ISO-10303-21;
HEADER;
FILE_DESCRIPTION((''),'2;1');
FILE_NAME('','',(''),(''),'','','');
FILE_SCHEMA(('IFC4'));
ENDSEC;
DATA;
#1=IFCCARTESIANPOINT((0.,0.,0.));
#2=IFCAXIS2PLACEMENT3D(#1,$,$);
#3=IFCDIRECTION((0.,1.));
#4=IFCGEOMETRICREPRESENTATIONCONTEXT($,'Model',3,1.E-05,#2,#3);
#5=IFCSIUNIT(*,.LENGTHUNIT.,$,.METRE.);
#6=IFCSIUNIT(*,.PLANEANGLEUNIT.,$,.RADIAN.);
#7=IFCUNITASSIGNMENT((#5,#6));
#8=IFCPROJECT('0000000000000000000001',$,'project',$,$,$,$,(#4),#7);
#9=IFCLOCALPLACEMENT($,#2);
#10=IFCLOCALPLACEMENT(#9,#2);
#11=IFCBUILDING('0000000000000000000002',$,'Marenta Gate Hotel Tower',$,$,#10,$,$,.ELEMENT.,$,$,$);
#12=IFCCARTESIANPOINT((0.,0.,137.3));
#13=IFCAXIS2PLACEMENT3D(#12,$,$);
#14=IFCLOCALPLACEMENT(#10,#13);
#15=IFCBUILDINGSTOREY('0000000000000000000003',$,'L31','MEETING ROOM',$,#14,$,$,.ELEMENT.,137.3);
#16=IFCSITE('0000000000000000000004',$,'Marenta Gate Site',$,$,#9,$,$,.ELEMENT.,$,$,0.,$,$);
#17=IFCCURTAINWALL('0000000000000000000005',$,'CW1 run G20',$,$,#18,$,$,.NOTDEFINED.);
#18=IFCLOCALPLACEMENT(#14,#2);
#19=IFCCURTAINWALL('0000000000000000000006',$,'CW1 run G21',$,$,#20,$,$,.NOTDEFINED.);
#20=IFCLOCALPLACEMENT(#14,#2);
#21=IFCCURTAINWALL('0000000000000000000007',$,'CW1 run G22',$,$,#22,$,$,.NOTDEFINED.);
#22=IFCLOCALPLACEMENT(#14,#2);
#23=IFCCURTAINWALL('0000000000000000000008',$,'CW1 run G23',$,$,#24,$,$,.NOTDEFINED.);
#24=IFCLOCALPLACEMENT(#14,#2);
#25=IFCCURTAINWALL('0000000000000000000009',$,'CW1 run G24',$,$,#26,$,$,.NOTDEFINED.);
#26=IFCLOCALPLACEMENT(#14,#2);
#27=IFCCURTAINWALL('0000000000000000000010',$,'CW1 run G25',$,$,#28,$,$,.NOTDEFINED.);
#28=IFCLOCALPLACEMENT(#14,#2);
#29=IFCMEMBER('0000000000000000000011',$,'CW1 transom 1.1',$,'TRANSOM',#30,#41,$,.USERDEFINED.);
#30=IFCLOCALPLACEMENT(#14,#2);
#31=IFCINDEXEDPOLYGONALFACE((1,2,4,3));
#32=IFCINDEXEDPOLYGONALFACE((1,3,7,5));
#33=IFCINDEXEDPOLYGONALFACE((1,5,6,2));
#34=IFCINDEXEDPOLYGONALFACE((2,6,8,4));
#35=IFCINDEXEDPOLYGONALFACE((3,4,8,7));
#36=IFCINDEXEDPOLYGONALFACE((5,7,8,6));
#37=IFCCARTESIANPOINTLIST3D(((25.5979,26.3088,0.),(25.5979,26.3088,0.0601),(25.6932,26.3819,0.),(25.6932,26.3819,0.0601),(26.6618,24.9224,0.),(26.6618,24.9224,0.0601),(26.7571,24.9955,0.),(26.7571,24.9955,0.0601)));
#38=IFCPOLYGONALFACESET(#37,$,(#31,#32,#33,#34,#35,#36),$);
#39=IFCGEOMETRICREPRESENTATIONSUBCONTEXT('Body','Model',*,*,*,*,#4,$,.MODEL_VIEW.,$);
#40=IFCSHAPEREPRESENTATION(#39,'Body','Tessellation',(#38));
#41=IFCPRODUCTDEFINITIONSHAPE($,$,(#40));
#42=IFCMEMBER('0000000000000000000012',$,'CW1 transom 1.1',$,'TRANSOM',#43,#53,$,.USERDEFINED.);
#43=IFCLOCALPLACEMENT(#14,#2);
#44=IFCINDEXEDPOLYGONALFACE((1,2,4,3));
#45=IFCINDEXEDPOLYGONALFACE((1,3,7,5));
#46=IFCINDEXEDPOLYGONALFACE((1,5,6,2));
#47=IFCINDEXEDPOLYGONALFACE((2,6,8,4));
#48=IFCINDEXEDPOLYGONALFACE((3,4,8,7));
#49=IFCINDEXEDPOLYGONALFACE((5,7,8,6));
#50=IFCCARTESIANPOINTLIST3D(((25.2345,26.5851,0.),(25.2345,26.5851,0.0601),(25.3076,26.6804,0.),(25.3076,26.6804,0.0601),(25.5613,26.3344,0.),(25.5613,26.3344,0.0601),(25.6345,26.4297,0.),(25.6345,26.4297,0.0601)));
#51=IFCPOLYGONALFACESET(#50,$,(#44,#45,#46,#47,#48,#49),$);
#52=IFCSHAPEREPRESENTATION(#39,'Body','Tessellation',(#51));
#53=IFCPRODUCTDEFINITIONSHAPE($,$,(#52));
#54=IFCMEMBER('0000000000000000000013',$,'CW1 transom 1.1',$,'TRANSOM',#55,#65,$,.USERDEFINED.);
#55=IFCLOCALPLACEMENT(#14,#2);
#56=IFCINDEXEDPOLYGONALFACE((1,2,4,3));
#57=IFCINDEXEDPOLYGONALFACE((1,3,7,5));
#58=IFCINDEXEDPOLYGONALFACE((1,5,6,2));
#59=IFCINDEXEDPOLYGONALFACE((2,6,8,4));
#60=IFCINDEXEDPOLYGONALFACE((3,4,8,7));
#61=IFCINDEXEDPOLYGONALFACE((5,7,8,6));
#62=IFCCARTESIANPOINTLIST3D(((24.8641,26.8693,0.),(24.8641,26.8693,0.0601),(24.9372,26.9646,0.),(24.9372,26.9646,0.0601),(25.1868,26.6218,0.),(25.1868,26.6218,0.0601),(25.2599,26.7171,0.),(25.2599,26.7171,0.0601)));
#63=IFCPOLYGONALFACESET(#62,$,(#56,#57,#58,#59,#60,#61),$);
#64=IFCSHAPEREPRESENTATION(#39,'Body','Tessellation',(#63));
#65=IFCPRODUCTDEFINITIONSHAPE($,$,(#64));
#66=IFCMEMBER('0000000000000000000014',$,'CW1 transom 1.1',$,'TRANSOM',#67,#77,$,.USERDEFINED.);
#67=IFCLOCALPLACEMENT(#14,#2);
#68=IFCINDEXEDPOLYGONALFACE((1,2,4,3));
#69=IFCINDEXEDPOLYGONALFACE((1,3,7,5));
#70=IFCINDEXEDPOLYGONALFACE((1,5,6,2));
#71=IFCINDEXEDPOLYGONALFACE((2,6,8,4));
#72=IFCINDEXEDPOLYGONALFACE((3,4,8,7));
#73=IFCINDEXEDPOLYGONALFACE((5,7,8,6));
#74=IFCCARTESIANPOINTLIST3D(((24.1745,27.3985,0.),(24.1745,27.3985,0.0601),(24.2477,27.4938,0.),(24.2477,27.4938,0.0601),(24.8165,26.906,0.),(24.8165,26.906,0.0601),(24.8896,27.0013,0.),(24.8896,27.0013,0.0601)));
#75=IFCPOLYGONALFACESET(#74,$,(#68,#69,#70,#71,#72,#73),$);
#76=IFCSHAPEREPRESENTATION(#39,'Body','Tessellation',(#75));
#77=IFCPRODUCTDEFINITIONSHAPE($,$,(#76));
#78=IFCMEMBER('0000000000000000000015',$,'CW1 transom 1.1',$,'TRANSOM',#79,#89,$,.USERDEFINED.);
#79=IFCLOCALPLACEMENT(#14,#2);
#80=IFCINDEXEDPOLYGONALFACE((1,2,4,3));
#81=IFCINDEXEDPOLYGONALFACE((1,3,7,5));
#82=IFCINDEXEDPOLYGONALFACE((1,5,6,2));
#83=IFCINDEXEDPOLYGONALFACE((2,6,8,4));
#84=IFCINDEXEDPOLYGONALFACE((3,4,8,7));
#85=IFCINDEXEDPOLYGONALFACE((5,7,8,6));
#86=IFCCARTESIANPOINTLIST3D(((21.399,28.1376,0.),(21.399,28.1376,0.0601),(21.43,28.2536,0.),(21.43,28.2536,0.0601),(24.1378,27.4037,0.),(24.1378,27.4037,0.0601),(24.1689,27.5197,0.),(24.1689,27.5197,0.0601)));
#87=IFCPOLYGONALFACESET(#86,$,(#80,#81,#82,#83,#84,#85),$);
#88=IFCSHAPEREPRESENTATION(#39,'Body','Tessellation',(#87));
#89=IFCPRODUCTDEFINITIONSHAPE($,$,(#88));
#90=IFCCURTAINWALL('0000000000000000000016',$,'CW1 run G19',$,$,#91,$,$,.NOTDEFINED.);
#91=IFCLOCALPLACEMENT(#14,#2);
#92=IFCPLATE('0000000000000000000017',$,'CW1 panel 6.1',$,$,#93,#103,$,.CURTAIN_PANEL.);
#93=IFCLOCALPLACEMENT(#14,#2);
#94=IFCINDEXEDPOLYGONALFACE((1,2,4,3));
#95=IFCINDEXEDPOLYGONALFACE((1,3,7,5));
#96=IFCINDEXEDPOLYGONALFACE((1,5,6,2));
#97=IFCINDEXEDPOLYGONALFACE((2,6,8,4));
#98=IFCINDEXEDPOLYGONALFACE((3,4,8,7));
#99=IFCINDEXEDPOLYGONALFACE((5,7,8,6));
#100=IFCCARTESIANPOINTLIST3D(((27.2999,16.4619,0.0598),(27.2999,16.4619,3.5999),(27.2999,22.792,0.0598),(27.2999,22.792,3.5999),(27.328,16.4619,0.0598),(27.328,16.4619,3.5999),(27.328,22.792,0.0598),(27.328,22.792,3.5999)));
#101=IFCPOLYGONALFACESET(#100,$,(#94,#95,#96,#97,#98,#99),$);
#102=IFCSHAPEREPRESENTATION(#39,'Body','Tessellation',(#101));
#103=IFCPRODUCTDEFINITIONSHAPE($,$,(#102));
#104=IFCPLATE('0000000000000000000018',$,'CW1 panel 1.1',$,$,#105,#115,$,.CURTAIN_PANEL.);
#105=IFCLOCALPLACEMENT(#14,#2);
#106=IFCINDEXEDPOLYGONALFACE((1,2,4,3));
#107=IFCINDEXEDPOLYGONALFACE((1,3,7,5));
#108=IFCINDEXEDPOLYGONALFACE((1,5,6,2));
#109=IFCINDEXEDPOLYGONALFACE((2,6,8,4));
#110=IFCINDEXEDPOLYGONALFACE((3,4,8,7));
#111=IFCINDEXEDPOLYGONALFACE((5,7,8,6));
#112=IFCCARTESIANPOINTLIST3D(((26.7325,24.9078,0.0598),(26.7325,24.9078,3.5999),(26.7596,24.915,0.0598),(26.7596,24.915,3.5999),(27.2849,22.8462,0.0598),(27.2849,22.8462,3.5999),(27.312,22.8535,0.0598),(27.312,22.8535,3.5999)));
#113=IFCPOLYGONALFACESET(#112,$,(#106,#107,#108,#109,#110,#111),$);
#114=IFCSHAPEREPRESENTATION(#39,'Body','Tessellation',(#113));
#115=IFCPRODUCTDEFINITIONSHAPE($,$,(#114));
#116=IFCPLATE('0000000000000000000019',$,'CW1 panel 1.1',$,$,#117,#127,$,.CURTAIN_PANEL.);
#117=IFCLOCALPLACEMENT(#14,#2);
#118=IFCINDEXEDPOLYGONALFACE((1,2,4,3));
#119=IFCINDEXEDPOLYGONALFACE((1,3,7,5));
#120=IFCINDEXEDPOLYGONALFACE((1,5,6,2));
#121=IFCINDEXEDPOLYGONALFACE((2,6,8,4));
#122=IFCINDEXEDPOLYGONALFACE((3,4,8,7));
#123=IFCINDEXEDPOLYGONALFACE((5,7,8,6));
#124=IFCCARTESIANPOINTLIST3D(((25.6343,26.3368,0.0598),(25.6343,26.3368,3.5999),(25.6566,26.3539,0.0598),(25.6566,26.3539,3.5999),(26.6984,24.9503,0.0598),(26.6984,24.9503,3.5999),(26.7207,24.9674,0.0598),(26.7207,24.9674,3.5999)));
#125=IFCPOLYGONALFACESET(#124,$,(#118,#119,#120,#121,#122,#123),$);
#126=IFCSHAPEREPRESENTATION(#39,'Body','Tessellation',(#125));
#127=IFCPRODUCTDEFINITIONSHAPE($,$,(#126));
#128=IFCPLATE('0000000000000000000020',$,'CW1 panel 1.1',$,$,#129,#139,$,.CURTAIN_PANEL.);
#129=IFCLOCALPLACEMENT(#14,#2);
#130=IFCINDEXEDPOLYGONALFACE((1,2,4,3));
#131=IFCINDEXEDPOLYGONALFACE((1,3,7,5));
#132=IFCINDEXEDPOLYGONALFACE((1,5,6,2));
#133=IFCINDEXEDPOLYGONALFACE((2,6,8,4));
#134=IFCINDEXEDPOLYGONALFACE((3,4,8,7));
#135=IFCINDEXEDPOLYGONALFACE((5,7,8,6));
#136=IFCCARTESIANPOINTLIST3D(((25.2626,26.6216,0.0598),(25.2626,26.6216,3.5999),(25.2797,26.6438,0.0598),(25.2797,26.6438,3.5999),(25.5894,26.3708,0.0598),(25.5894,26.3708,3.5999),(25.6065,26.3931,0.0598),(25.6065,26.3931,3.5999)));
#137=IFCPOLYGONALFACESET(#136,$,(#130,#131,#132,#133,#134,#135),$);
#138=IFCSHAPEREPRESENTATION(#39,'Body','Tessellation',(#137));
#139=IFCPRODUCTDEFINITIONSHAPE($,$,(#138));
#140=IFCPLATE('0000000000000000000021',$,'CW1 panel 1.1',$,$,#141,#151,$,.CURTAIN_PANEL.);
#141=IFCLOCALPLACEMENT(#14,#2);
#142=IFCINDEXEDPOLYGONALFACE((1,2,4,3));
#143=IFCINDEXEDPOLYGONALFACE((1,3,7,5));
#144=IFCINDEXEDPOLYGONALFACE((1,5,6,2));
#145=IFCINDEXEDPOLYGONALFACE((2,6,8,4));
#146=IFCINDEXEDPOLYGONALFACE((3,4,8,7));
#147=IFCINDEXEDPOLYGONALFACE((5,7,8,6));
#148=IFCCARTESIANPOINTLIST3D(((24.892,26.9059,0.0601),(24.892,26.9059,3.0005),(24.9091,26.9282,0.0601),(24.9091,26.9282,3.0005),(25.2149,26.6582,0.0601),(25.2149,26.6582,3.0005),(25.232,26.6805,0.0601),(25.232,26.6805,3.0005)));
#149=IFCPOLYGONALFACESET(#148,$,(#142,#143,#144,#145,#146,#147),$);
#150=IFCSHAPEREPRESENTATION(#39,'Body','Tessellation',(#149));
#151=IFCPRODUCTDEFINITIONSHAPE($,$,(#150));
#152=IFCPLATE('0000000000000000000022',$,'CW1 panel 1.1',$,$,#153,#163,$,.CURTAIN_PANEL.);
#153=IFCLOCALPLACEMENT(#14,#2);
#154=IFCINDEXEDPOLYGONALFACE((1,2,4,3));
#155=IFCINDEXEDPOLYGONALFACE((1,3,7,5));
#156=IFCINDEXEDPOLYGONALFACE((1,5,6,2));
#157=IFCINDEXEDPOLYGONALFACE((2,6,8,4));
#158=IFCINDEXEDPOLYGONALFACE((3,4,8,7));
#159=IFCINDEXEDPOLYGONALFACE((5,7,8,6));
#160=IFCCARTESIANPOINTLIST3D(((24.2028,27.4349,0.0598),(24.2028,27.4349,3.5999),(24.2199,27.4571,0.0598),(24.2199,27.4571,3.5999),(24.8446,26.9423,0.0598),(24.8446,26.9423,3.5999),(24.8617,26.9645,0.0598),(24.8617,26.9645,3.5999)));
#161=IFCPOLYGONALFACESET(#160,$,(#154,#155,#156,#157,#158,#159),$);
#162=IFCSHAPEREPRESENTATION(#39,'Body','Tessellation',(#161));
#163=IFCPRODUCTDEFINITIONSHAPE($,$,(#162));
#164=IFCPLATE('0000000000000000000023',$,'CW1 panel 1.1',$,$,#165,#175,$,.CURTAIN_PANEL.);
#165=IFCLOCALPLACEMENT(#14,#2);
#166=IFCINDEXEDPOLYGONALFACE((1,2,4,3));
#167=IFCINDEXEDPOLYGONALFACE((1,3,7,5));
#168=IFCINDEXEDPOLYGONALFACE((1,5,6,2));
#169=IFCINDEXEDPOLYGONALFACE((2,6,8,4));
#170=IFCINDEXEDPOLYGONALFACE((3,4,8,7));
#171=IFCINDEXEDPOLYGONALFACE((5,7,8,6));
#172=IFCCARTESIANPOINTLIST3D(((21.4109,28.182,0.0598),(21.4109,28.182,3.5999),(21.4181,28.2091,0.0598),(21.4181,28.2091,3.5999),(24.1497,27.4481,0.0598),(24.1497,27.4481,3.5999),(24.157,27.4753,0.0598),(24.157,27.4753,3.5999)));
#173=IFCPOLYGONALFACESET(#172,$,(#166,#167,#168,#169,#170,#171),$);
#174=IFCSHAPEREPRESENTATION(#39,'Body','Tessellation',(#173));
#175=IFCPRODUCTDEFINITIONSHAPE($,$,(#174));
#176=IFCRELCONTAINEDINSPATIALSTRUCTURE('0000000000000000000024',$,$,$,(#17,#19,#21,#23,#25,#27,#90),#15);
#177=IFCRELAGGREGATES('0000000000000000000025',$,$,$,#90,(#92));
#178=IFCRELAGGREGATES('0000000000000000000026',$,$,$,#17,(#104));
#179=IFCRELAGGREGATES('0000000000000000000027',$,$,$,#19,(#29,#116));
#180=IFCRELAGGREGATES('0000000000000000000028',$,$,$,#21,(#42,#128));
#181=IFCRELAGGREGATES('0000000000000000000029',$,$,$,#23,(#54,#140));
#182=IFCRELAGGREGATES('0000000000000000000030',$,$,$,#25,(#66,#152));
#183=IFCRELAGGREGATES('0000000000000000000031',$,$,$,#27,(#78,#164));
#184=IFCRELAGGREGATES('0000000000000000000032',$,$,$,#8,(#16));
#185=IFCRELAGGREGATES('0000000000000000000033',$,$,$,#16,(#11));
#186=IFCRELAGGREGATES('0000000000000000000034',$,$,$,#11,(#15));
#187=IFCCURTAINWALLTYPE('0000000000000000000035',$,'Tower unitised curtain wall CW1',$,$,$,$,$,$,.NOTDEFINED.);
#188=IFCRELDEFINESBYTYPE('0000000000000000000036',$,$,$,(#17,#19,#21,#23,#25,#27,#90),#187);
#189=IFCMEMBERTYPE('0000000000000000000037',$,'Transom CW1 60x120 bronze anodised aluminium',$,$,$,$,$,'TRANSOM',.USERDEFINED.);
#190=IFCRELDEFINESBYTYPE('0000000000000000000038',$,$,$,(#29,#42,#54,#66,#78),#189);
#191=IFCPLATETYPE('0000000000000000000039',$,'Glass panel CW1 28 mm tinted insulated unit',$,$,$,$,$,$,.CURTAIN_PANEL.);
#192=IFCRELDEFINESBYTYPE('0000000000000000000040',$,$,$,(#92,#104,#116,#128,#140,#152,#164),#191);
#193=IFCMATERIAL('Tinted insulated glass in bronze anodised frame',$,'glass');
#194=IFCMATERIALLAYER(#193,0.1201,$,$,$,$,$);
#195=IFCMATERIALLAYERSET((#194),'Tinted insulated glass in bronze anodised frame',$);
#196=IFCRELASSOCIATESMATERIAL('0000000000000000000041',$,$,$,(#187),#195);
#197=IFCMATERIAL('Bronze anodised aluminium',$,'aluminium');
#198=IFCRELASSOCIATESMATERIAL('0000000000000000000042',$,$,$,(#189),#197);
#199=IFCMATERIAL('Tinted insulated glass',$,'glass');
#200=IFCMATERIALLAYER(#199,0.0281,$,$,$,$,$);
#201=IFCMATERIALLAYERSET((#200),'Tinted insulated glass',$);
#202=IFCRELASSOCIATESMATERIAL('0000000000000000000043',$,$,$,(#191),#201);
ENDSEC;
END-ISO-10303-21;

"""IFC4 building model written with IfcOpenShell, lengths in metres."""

from ifc_helpers import new_model, si_unit, direction, frame, origin, origin_2d, place, context, subcontext, project, spatial, rectangle, extrude, material, layer, layer_set, material_profile, profile_set, type_object, element, aggregate, save


model = new_model("IFC4")

# Units and contexts
model_context = context("Model", 3, precision=1e-05, world=origin(), true_north=direction((0.0, 1.0)))
body_context = subcontext(model_context, "Body", "Model", "MODEL_VIEW")
ifc_project = project(units=[si_unit("LENGTHUNIT", "METRE"), si_unit("PLANEANGLEUNIT", "RADIAN")], contexts=[model_context])

# Site, building, storey
site_placement = place(None, origin())
site = spatial("IfcSite", under=ifc_project, at=site_placement, Name="Marenta Gate Site", CompositionType="ELEMENT", RefElevation=0.0)
building_placement = place(site_placement, origin())
building = spatial("IfcBuilding", under=site, at=building_placement, Name="Marenta Gate Hotel Tower", CompositionType="ELEMENT")
storey_placement = place(building_placement, frame((0.0, 0.0, 137.3)))
storey = spatial("IfcBuildingStorey", under=building, at=storey_placement, Name="L31", Description="MEETING ROOM", CompositionType="ELEMENT", Elevation=137.3)

# Curtain walls
ifc_material_1 = material(Name="Tinted insulated glass in bronze anodised frame", Category="glass")
ifc_layer_1 = layer(ifc_material_1, 0.1201)
ifc_layer_set_1 = layer_set([ifc_layer_1], Name="Tinted insulated glass in bronze anodised frame")
curtain_wall_type = type_object("IfcCurtainWallType", Name="Tower unitised curtain wall CW1", PredefinedType="NOTDEFINED", material=ifc_layer_set_1)
curtain_wall_1_placement = place(storey_placement, origin())
curtain_wall_1 = element("IfcCurtainWall", 1, at=curtain_wall_1_placement, inside=storey, type_object=curtain_wall_type, Name="CW1 run G20", PredefinedType="NOTDEFINED")
curtain_wall_2_placement = place(storey_placement, origin())
curtain_wall_2 = element("IfcCurtainWall", 2, at=curtain_wall_2_placement, inside=storey, type_object=curtain_wall_type, Name="CW1 run G21", PredefinedType="NOTDEFINED")
curtain_wall_3_placement = place(storey_placement, origin())
curtain_wall_3 = element("IfcCurtainWall", 3, at=curtain_wall_3_placement, inside=storey, type_object=curtain_wall_type, Name="CW1 run G22", PredefinedType="NOTDEFINED")
curtain_wall_4_placement = place(storey_placement, origin())
curtain_wall_4 = element("IfcCurtainWall", 4, at=curtain_wall_4_placement, inside=storey, type_object=curtain_wall_type, Name="CW1 run G23", PredefinedType="NOTDEFINED")
curtain_wall_5_placement = place(storey_placement, origin())
curtain_wall_5 = element("IfcCurtainWall", 5, at=curtain_wall_5_placement, inside=storey, type_object=curtain_wall_type, Name="CW1 run G24", PredefinedType="NOTDEFINED")
curtain_wall_6_placement = place(storey_placement, origin())
curtain_wall_6 = element("IfcCurtainWall", 6, at=curtain_wall_6_placement, inside=storey, type_object=curtain_wall_type, Name="CW1 run G25", PredefinedType="NOTDEFINED")

# Members
ifc_material_2 = material(Name="Bronze anodised aluminium", Category="aluminium")
ifc_material_profile_1 = material_profile(ifc_material_2, rectangle(XDim=0.1201, YDim=0.0601, at=origin_2d()), Name="Transom CW1 60x120 bronze anodised aluminium")
ifc_profile_set_1 = profile_set([ifc_material_profile_1], Name="Bronze anodised aluminium")
member_type_1 = type_object("IfcMemberType", Name="Transom CW1 60x120 bronze anodised aluminium", ElementType="TRANSOM", PredefinedType="USERDEFINED", material=ifc_profile_set_1)
member_1_placement = place(storey_placement, frame((26.7095, 24.959, 0.03), z_axis=(-0.608792, 0.79333, 0.0), x_axis=(-0.79333, -0.608792, 0.0)))
member_1 = element("IfcMember", 7, at=member_1_placement, type_object=member_type_1, Name="CW1 transom 1.1", ObjectType="TRANSOM", PredefinedType="USERDEFINED", context=body_context, shape_type="SweptSolid", body=[
    extrude(rectangle(XDim=0.1201, YDim=0.0601, at=origin_2d()), origin(), (0.0, 0.0, 1.0), 1.7476),
])
member_2_placement = place(storey_placement, frame((25.5979, 26.3821, 0.03), z_axis=(-0.793482, 0.608593, 0.0), x_axis=(-0.608593, -0.793482, 0.0)))
member_2 = element("IfcMember", 8, at=member_2_placement, type_object=member_type_1, Name="CW1 transom 1.1", ObjectType="TRANSOM", PredefinedType="USERDEFINED", context=body_context, shape_type="SweptSolid", body=[
    extrude(rectangle(XDim=0.1201, YDim=0.0601, at=origin_2d()), origin(), (0.0, 0.0, 1.0), 0.4119),
])
member_3_placement = place(storey_placement, frame((25.2234, 26.6694, 0.03), z_axis=(-0.793471, 0.608608, 0.0), x_axis=(-0.608608, -0.793471, 0.0)))
member_3 = element("IfcMember", 9, at=member_3_placement, type_object=member_type_1, Name="CW1 transom 1.1", ObjectType="TRANSOM", PredefinedType="USERDEFINED", context=body_context, shape_type="SweptSolid", body=[
    extrude(rectangle(XDim=0.1201, YDim=0.0601, at=origin_2d()), origin(), (0.0, 0.0, 1.0), 0.4067),
])
member_4_placement = place(storey_placement, frame((24.853, 26.9536, 0.03), z_axis=(-0.793397, 0.608704, 0.0), x_axis=(-0.608704, -0.793397, 0.0)))
member_4 = element("IfcMember", 10, at=member_4_placement, type_object=member_type_1, Name="CW1 transom 1.1", ObjectType="TRANSOM", PredefinedType="USERDEFINED", context=body_context, shape_type="SweptSolid", body=[
    extrude(rectangle(XDim=0.1201, YDim=0.0601, at=origin_2d()), origin(), (0.0, 0.0, 1.0), 0.8091),
])
member_5_placement = place(storey_placement, frame((24.1533, 27.4617, 0.03), z_axis=(-0.965923, 0.258831, 0.0), x_axis=(-0.258831, -0.965923, 0.0)))
member_5 = element("IfcMember", 11, at=member_5_placement, type_object=member_type_1, Name="CW1 transom 1.1", ObjectType="TRANSOM", PredefinedType="USERDEFINED", context=body_context, shape_type="SweptSolid", body=[
    extrude(rectangle(XDim=0.1201, YDim=0.0601, at=origin_2d()), origin(), (0.0, 0.0, 1.0), 2.8354),
])

# Curtain wall, plate
curtain_wall_7_placement = place(storey_placement, origin())
curtain_wall_7 = element("IfcCurtainWall", 12, at=curtain_wall_7_placement, inside=storey, type_object=curtain_wall_type, Name="CW1 run G19", PredefinedType="NOTDEFINED")
ifc_material_3 = material(Name="Tinted insulated glass", Category="glass")
ifc_layer_2 = layer(ifc_material_3, 0.0281)
ifc_layer_set_2 = layer_set([ifc_layer_2], Name="Tinted insulated glass")
plate_type = type_object("IfcPlateType", Name="Glass panel CW1 28 mm tinted insulated unit", PredefinedType="CURTAIN_PANEL", material=ifc_layer_set_2)
plate_1_placement = place(storey_placement, frame((27.314, 19.627, 0.0598), z_axis=(0.0, 0.0, 1.0), x_axis=(0.0, 1.0, 0.0)))
plate_1 = element("IfcPlate", 13, at=plate_1_placement, type_object=plate_type, Name="CW1 panel 6.1", PredefinedType="CURTAIN_PANEL", context=body_context, shape_type="SweptSolid", body=[
    extrude(rectangle(XDim=6.3301, YDim=0.0281, at=origin_2d()), origin(), (0.0, 0.0, 1.0), 3.54),
])
aggregate(curtain_wall_7, [plate_1])

# Plates
plate_2_placement = place(storey_placement, frame((27.0222, 23.8806, 0.0598), z_axis=(0.0, 0.0, 1.0), x_axis=(-0.258823, 0.965925, 0.0)))
plate_2 = element("IfcPlate", 14, at=plate_2_placement, type_object=plate_type, Name="CW1 panel 1.1", PredefinedType="CURTAIN_PANEL", context=body_context, shape_type="SweptSolid", body=[
    extrude(rectangle(XDim=2.1343, YDim=0.0281, at=origin_2d()), origin(), (0.0, 0.0, 1.0), 3.54),
])
aggregate(curtain_wall_1, [plate_2])
plate_3_placement = place(storey_placement, frame((26.1775, 25.6521, 0.0598), z_axis=(0.0, 0.0, 1.0), x_axis=(-0.608796, 0.793327, 0.0)))
plate_3 = element("IfcPlate", 15, at=plate_3_placement, type_object=plate_type, Name="CW1 panel 1.1", PredefinedType="CURTAIN_PANEL", context=body_context, shape_type="SweptSolid", body=[
    extrude(rectangle(XDim=1.7478, YDim=0.0281, at=origin_2d()), origin(), (0.0, 0.0, 1.0), 3.54),
])
aggregate(curtain_wall_2, [member_1, plate_3])
plate_4_placement = place(storey_placement, frame((25.4346, 26.5073, 0.0598), z_axis=(0.0, 0.0, 1.0), x_axis=(-0.79334, 0.608778, 0.0)))
plate_4 = element("IfcPlate", 16, at=plate_4_placement, type_object=plate_type, Name="CW1 panel 1.1", PredefinedType="CURTAIN_PANEL", context=body_context, shape_type="SweptSolid", body=[
    extrude(rectangle(XDim=0.4119, YDim=0.0281, at=origin_2d()), origin(), (0.0, 0.0, 1.0), 3.54),
])
aggregate(curtain_wall_3, [member_2, plate_4])
plate_5_placement = place(storey_placement, frame((25.062, 26.7932, 0.0601), z_axis=(0.0, 0.0, 1.0), x_axis=(-0.793372, 0.608737, 0.0)))
plate_5 = element("IfcPlate", 17, at=plate_5_placement, type_object=plate_type, Name="CW1 panel 1.1", PredefinedType="CURTAIN_PANEL", context=body_context, shape_type="SweptSolid", body=[
    extrude(rectangle(XDim=0.407, YDim=0.0281, at=origin_2d()), origin(), (0.0, 0.0, 1.0), 2.9404),
])
aggregate(curtain_wall_4, [member_3, plate_5])
plate_6_placement = place(storey_placement, frame((24.5322, 27.1997, 0.0598), z_axis=(0.0, 0.0, 1.0), x_axis=(-0.793295, 0.608837, 0.0)))
plate_6 = element("IfcPlate", 18, at=plate_6_placement, type_object=plate_type, Name="CW1 panel 1.1", PredefinedType="CURTAIN_PANEL", context=body_context, shape_type="SweptSolid", body=[
    extrude(rectangle(XDim=0.8091, YDim=0.0281, at=origin_2d()), origin(), (0.0, 0.0, 1.0), 3.54),
])
aggregate(curtain_wall_5, [member_4, plate_6])
plate_7_placement = place(storey_placement, frame((22.7839, 27.8286, 0.0598), z_axis=(0.0, 0.0, 1.0), x_axis=(-0.965929, 0.258806, 0.0)))
plate_7 = element("IfcPlate", 19, at=plate_7_placement, type_object=plate_type, Name="CW1 panel 1.1", PredefinedType="CURTAIN_PANEL", context=body_context, shape_type="SweptSolid", body=[
    extrude(rectangle(XDim=2.8354, YDim=0.0281, at=origin_2d()), origin(), (0.0, 0.0, 1.0), 3.54),
])
aggregate(curtain_wall_6, [member_5, plate_7])

save(model, "model.ifc")
